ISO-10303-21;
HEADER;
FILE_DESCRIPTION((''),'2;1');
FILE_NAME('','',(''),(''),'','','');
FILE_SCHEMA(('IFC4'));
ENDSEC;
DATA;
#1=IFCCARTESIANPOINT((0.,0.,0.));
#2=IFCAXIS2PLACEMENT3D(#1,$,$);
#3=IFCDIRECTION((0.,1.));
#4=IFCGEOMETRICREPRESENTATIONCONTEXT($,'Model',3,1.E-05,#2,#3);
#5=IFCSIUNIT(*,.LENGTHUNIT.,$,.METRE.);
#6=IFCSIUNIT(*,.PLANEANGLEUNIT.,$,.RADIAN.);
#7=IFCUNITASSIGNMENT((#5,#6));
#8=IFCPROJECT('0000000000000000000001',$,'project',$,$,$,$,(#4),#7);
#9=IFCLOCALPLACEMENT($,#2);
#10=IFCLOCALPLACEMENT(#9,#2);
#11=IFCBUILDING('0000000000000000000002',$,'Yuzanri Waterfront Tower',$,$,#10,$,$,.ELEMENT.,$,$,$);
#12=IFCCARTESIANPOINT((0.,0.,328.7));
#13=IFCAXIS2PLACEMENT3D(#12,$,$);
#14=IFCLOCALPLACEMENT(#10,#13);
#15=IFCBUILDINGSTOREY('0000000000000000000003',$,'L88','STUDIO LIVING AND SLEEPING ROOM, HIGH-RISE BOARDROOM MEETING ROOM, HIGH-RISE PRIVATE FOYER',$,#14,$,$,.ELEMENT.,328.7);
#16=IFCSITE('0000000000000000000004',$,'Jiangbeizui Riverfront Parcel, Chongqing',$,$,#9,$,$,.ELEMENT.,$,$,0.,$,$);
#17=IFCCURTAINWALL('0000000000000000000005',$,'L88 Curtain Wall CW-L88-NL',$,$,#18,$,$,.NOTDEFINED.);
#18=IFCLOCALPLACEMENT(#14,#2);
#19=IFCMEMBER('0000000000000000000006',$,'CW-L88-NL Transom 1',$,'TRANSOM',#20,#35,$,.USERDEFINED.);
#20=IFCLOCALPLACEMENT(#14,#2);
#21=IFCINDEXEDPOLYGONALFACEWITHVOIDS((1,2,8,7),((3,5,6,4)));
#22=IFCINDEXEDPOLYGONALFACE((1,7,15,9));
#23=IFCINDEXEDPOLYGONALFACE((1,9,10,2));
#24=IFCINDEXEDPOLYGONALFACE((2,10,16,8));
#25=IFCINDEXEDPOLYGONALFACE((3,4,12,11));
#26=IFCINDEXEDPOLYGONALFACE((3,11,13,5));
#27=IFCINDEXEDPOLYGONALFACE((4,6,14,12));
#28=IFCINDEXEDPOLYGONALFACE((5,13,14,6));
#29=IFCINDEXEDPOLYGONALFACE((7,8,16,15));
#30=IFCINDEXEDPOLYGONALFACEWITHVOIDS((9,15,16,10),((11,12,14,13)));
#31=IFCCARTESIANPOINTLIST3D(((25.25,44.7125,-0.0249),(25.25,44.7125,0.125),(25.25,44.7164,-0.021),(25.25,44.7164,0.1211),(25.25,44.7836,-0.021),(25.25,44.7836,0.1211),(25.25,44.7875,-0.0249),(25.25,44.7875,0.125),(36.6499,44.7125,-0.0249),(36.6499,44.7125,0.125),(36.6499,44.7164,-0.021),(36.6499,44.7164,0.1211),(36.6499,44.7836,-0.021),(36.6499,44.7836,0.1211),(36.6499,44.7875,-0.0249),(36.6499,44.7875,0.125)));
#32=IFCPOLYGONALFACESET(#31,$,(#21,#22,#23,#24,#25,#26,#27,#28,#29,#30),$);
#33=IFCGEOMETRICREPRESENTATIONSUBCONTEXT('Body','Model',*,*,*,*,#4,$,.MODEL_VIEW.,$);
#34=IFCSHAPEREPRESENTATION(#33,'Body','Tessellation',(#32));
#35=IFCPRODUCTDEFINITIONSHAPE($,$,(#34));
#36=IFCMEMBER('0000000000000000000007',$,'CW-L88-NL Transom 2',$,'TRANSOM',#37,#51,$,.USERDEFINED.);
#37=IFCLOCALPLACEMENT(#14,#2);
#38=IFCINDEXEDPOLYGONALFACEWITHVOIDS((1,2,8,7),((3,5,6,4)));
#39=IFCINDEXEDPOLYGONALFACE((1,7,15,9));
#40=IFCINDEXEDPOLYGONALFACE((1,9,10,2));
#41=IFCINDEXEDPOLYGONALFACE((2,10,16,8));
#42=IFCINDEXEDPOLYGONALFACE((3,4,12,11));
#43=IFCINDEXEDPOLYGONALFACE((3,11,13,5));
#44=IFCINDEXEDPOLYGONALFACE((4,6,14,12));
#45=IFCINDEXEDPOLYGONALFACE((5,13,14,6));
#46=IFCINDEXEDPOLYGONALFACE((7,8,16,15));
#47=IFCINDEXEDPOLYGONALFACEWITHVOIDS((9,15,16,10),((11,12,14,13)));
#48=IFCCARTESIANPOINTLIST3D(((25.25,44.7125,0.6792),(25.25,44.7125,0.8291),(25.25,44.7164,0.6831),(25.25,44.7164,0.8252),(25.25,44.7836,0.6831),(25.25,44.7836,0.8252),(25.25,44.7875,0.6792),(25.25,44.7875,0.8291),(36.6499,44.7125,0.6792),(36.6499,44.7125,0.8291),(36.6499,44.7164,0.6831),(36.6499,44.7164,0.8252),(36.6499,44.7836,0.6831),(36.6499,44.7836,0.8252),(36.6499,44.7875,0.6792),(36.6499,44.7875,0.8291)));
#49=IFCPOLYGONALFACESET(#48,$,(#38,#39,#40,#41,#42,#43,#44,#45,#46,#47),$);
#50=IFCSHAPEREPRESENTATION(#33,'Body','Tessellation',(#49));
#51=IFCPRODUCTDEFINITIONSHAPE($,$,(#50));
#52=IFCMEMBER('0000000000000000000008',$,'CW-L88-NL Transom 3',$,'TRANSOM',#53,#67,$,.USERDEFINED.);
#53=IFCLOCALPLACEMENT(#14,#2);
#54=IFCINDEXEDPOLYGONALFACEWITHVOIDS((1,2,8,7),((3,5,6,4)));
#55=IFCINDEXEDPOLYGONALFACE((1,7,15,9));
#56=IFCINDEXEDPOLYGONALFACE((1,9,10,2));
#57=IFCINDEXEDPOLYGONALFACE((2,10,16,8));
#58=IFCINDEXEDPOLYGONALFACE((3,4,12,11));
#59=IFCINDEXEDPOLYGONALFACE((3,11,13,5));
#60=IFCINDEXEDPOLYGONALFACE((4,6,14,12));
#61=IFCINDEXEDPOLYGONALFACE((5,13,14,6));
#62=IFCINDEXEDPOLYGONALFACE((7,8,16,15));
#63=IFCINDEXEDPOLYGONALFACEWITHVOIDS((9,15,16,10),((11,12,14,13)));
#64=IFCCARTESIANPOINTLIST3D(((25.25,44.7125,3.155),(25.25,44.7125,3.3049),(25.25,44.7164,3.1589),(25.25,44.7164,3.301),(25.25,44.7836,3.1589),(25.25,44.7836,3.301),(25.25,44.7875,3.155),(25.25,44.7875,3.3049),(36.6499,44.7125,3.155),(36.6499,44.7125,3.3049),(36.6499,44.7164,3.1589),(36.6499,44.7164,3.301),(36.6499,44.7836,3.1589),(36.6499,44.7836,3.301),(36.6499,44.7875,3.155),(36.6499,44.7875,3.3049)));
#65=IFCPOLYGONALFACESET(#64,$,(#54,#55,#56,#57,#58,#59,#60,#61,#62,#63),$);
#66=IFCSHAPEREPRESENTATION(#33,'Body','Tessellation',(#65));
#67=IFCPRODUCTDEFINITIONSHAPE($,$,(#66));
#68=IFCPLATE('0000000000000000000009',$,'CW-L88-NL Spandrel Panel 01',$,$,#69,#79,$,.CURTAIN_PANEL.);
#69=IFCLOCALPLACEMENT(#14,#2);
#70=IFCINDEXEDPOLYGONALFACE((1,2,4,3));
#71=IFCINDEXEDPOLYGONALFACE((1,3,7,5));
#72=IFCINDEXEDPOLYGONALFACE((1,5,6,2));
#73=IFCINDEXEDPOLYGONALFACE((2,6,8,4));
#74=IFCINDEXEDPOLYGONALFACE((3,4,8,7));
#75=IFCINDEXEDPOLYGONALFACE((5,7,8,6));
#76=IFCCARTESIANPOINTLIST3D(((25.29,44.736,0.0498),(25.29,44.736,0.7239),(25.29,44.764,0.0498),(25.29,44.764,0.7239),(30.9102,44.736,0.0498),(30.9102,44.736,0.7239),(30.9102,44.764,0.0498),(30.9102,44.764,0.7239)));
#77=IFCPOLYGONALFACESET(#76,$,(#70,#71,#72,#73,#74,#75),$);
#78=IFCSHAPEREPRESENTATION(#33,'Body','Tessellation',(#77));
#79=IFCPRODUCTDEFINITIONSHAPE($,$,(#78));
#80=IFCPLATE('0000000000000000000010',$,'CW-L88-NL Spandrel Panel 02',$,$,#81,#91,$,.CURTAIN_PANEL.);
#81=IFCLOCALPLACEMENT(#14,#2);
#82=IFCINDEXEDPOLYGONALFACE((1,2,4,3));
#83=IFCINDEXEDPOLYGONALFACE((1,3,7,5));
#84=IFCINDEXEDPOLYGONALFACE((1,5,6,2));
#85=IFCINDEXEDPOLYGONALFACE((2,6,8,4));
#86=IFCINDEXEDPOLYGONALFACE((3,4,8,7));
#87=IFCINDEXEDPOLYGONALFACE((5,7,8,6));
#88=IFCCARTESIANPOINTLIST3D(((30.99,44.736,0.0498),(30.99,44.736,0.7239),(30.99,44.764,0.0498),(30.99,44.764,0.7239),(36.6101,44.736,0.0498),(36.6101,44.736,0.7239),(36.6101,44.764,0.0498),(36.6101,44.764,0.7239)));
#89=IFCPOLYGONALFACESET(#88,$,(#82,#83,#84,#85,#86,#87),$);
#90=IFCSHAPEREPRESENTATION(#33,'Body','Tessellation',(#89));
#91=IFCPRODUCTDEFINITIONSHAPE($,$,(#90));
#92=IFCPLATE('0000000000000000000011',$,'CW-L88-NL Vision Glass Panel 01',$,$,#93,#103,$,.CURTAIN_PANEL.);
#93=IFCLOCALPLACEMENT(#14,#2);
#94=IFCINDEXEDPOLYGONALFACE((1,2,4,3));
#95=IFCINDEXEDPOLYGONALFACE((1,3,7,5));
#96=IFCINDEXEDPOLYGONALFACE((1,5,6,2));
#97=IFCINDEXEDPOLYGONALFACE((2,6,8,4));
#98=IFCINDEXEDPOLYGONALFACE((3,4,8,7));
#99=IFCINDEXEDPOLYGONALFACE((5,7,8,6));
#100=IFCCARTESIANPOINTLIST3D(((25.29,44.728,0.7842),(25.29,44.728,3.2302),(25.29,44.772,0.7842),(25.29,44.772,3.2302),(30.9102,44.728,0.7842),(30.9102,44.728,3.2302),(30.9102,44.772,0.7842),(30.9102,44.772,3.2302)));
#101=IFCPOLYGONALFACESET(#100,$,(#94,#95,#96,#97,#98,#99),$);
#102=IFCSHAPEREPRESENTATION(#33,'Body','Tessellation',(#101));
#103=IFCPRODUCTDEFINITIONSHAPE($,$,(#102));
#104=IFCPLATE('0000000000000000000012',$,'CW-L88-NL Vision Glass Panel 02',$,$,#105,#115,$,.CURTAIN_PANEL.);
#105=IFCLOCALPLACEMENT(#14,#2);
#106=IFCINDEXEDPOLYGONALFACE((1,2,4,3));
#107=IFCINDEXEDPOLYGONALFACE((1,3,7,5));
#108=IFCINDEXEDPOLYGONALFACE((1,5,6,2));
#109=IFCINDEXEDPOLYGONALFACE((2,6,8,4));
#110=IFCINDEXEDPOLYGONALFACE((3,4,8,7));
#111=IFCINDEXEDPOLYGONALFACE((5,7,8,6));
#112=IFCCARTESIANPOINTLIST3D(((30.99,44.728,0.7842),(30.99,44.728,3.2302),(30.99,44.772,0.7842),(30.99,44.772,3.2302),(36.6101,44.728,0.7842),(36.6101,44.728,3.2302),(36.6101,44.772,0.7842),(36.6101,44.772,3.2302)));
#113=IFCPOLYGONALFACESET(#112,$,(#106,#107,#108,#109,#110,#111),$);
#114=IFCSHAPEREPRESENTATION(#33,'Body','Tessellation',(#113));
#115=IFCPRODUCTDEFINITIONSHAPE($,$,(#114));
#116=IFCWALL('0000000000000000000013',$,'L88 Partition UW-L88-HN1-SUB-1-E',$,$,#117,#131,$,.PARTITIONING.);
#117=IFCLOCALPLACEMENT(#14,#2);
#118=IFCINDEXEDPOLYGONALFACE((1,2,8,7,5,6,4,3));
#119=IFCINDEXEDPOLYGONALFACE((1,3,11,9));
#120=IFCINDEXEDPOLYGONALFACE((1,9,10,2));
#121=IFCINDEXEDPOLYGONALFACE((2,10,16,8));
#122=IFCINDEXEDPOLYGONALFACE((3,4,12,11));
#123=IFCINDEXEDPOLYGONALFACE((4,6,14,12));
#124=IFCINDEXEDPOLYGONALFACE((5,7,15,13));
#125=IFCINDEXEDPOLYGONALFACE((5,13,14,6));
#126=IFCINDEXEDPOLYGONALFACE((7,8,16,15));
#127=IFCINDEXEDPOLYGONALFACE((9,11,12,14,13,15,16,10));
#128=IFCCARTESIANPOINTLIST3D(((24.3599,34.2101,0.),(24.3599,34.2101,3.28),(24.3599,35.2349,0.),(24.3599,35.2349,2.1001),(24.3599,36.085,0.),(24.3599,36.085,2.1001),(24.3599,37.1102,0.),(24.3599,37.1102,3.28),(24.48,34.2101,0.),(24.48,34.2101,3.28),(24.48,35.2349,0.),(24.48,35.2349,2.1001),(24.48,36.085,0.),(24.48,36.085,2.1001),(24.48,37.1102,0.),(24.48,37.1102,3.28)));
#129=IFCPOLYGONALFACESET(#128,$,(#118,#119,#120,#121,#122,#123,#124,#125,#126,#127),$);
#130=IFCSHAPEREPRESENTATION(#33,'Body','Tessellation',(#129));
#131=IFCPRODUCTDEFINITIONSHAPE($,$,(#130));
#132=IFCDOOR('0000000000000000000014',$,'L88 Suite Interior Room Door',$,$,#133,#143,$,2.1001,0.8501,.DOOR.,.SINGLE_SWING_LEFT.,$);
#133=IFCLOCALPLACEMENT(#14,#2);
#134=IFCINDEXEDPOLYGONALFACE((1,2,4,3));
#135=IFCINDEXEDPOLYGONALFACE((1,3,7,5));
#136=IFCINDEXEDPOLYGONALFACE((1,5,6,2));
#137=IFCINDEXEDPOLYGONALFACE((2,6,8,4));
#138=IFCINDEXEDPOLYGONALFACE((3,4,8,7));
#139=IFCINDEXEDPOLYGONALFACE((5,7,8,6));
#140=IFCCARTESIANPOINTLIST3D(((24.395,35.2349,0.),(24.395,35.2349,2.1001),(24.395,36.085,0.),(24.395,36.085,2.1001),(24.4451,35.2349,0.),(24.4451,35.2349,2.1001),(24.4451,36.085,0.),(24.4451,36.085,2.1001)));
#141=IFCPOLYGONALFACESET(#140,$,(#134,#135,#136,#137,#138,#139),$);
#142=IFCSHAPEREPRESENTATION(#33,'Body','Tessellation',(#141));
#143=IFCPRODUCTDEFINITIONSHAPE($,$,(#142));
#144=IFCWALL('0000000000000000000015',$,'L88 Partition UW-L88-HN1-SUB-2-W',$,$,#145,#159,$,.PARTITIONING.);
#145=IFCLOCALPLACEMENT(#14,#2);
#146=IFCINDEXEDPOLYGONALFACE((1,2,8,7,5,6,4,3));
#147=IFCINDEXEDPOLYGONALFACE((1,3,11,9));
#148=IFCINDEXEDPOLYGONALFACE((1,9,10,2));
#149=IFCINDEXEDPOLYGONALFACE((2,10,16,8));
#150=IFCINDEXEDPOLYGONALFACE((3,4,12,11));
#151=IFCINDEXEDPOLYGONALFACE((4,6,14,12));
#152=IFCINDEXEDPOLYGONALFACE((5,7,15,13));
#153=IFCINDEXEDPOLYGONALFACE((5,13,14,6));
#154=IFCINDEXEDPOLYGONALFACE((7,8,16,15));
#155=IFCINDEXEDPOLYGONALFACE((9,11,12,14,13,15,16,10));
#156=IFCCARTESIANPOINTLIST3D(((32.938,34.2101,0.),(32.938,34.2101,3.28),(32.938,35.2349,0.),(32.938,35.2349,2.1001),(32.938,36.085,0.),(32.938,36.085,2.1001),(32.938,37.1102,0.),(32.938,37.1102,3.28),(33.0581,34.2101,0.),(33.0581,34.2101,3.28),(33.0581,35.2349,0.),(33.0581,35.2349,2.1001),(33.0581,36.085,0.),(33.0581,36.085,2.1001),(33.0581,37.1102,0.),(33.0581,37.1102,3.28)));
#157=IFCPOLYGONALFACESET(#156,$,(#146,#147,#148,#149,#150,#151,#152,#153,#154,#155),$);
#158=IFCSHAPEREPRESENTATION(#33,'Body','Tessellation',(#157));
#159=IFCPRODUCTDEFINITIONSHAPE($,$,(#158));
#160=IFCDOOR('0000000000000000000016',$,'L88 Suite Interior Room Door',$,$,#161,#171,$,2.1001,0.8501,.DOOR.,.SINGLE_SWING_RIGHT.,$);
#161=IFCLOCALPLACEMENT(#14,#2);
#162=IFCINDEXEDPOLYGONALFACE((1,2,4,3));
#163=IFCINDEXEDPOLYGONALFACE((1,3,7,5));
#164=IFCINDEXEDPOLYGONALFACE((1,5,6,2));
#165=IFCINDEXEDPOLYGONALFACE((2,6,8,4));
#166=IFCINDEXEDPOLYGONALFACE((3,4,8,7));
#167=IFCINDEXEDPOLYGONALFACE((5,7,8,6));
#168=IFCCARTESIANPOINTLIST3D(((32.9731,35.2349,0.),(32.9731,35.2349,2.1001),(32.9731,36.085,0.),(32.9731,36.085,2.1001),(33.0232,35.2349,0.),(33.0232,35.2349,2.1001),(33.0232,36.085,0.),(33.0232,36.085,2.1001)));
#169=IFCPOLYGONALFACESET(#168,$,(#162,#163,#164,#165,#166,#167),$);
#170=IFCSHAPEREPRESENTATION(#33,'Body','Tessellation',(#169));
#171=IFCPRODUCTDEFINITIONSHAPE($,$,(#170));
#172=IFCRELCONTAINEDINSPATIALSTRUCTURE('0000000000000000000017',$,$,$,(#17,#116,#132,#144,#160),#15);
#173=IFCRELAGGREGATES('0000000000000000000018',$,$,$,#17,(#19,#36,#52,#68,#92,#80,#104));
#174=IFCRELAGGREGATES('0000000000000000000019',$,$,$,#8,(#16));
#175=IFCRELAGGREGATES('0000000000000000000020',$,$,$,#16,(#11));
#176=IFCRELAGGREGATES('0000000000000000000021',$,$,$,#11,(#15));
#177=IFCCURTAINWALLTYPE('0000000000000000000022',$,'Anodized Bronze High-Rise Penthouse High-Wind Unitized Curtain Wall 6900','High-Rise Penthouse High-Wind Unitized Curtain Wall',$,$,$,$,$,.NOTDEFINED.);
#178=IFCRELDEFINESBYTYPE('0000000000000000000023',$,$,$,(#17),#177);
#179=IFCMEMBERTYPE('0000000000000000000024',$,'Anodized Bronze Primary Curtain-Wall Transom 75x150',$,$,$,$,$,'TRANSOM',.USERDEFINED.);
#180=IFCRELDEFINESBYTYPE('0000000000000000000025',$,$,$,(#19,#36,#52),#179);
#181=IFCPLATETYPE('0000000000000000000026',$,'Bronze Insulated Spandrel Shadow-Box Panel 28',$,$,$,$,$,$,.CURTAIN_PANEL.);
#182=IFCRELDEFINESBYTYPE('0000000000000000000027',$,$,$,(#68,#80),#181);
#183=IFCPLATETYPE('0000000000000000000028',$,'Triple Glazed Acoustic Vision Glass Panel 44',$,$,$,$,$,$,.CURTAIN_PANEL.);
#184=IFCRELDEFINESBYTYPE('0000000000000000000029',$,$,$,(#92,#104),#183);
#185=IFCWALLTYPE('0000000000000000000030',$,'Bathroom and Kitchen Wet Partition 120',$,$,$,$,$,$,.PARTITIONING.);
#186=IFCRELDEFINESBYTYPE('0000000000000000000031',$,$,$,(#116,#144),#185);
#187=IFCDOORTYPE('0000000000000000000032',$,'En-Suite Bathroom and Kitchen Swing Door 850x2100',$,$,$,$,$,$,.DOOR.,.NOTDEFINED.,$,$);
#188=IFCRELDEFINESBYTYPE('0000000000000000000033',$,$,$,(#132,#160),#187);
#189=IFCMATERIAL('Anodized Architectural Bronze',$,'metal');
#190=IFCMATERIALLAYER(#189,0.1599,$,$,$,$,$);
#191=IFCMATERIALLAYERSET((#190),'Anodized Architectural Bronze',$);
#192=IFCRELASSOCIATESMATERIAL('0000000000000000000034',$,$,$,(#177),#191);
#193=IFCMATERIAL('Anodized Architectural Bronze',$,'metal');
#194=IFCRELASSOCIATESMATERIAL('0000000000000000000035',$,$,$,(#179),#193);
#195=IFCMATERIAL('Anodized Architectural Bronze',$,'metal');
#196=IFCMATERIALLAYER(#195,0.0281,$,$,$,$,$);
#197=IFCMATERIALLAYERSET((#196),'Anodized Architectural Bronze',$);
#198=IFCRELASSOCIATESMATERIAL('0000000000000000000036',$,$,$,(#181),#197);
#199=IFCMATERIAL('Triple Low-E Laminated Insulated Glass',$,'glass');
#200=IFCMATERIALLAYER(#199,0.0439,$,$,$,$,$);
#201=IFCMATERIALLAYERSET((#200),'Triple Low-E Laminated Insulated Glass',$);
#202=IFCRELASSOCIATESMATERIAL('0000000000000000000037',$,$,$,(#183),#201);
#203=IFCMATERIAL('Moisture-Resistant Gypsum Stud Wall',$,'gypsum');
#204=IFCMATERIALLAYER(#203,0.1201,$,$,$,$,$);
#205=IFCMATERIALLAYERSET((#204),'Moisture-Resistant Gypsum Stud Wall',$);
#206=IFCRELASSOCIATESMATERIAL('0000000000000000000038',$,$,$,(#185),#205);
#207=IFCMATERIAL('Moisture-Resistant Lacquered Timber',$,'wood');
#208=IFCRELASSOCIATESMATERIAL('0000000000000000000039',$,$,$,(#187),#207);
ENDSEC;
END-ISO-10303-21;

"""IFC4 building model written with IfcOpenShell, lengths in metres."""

from ifc_helpers import new_model, si_unit, direction, frame, frame_2d, origin, origin_2d, place, context, subcontext, project, spatial, rectangle, hollow_rectangle, extrude, source, transform, mapped, material, layer, layer_set, material_profile, profile_set, type_object, element, fill, aggregate, save


model = new_model("IFC4")

# Units and contexts
model_context = context("Model", 3, precision=1e-05, world=origin(), true_north=direction((0.0, 1.0)))
body_context = subcontext(model_context, "Body", "Model", "MODEL_VIEW")
ifc_project = project(units=[si_unit("LENGTHUNIT", "METRE"), si_unit("PLANEANGLEUNIT", "RADIAN")], contexts=[model_context])

# Site, building, storey
site_placement = place(None, origin())
site = spatial("IfcSite", under=ifc_project, at=site_placement, Name="Jiangbeizui Riverfront Parcel, Chongqing", CompositionType="ELEMENT", RefElevation=0.0)
building_placement = place(site_placement, origin())
building = spatial("IfcBuilding", under=site, at=building_placement, Name="Yuzanri Waterfront Tower", CompositionType="ELEMENT")
storey_placement = place(building_placement, frame((0.0, 0.0, 328.7)))
storey = spatial("IfcBuildingStorey", under=building, at=storey_placement, Name="L88", Description="STUDIO LIVING AND SLEEPING ROOM, HIGH-RISE BOARDROOM MEETING ROOM, HIGH-RISE PRIVATE FOYER", CompositionType="ELEMENT", Elevation=328.7)

# Curtain wall, members, plates
ifc_material_1 = material(Name="Anodized Architectural Bronze", Category="metal")
ifc_layer_1 = layer(ifc_material_1, 0.1599)
ifc_layer_set_1 = layer_set([ifc_layer_1], Name="Anodized Architectural Bronze")
curtain_wall_type = type_object("IfcCurtainWallType", Name="Anodized Bronze High-Rise Penthouse High-Wind Unitized Curtain Wall 6900", Description="High-Rise Penthouse High-Wind Unitized Curtain Wall", PredefinedType="NOTDEFINED", material=ifc_layer_set_1)
curtain_wall_placement = place(storey_placement, origin())
curtain_wall = element("IfcCurtainWall", 1, at=curtain_wall_placement, inside=storey, type_object=curtain_wall_type, Name="L88 Curtain Wall CW-L88-NL", PredefinedType="NOTDEFINED")
ifc_material_2 = material(Name="Anodized Architectural Bronze", Category="metal")
ifc_material_profile_1 = material_profile(ifc_material_2, hollow_rectangle(XDim=0.075, YDim=0.1499, WallThickness=0.0039, at=origin_2d()), Name="CWT 75x150")
ifc_profile_set_1 = profile_set([ifc_material_profile_1], Name="Anodized Architectural Bronze")
member_type_1 = type_object("IfcMemberType", Name="Anodized Bronze Primary Curtain-Wall Transom 75x150", ElementType="TRANSOM", PredefinedType="USERDEFINED", material=ifc_profile_set_1)
shared_shape_1 = source(origin(), body_context, "Body", "SweptSolid", [
    extrude(hollow_rectangle(XDim=0.075, YDim=0.1499, WallThickness=0.0039, at=origin_2d()), origin(), (0.0, 0.0, 1.0), 11.3999),
])
member_1_placement = place(storey_placement, frame((25.25, 44.75, 0.05), z_axis=(1.0, 0.0, 0.0), x_axis=(0.0, 1.0, 0.0)))
member_1 = element("IfcMember", 2, at=member_1_placement, type_object=member_type_1, Name="CW-L88-NL Transom 1", ObjectType="TRANSOM", PredefinedType="USERDEFINED", context=body_context, shape_type="MappedRepresentation", body=[
    mapped(shared_shape_1, transform((0.0, 0.0, 0.0), scale=1.0)),
])
member_2_placement = place(storey_placement, frame((25.25, 44.75, 0.7542), z_axis=(1.0, 0.0, 0.0), x_axis=(0.0, 1.0, 0.0)))
member_2 = element("IfcMember", 3, at=member_2_placement, type_object=member_type_1, Name="CW-L88-NL Transom 2", ObjectType="TRANSOM", PredefinedType="USERDEFINED", context=body_context, shape_type="MappedRepresentation", body=[
    mapped(shared_shape_1, transform((0.0, 0.0, 0.0), scale=1.0)),
])
member_3_placement = place(storey_placement, frame((25.25, 44.75, 3.23), z_axis=(1.0, 0.0, 0.0), x_axis=(0.0, 1.0, 0.0)))
member_3 = element("IfcMember", 4, at=member_3_placement, type_object=member_type_1, Name="CW-L88-NL Transom 3", ObjectType="TRANSOM", PredefinedType="USERDEFINED", context=body_context, shape_type="MappedRepresentation", body=[
    mapped(shared_shape_1, transform((0.0, 0.0, 0.0), scale=1.0)),
])
ifc_material_3 = material(Name="Anodized Architectural Bronze", Category="metal")
ifc_layer_2 = layer(ifc_material_3, 0.0281)
ifc_layer_set_2 = layer_set([ifc_layer_2], Name="Anodized Architectural Bronze")
plate_type_1 = type_object("IfcPlateType", Name="Bronze Insulated Spandrel Shadow-Box Panel 28", PredefinedType="CURTAIN_PANEL", material=ifc_layer_set_2)
shared_shape_2 = source(origin(), body_context, "Body", "SweptSolid", [
    extrude(rectangle(XDim=5.6201, YDim=0.0281, at=origin_2d()), origin(), (0.0, 0.0, 1.0), 0.6741),
])
plate_1_placement = place(storey_placement, frame((28.1001, 44.75, 0.0498), z_axis=(0.0, 0.0, 1.0), x_axis=(1.0, 0.0, 0.0)))
plate_1 = element("IfcPlate", 5, at=plate_1_placement, type_object=plate_type_1, Name="CW-L88-NL Spandrel Panel 01", PredefinedType="CURTAIN_PANEL", context=body_context, shape_type="MappedRepresentation", body=[
    mapped(shared_shape_2, transform((0.0, 0.0, 0.0), scale=1.0)),
])
plate_2_placement = place(storey_placement, frame((33.8, 44.75, 0.0498), z_axis=(0.0, 0.0, 1.0), x_axis=(1.0, 0.0, 0.0)))
plate_2 = element("IfcPlate", 6, at=plate_2_placement, type_object=plate_type_1, Name="CW-L88-NL Spandrel Panel 02", PredefinedType="CURTAIN_PANEL", context=body_context, shape_type="MappedRepresentation", body=[
    mapped(shared_shape_2, transform((0.0, 0.0, 0.0), scale=1.0)),
])
ifc_material_4 = material(Name="Triple Low-E Laminated Insulated Glass", Category="glass")
ifc_layer_3 = layer(ifc_material_4, 0.0439)
ifc_layer_set_3 = layer_set([ifc_layer_3], Name="Triple Low-E Laminated Insulated Glass")
plate_type_2 = type_object("IfcPlateType", Name="Triple Glazed Acoustic Vision Glass Panel 44", PredefinedType="CURTAIN_PANEL", material=ifc_layer_set_3)
shared_shape_3 = source(origin(), body_context, "Body", "SweptSolid", [
    extrude(rectangle(XDim=5.6201, YDim=0.0439, at=origin_2d()), origin(), (0.0, 0.0, 1.0), 2.446),
])
plate_3_placement = place(storey_placement, frame((28.1001, 44.75, 0.7842), z_axis=(0.0, 0.0, 1.0), x_axis=(1.0, 0.0, 0.0)))
plate_3 = element("IfcPlate", 7, at=plate_3_placement, type_object=plate_type_2, Name="CW-L88-NL Vision Glass Panel 01", PredefinedType="CURTAIN_PANEL", context=body_context, shape_type="MappedRepresentation", body=[
    mapped(shared_shape_3, transform((0.0, 0.0, 0.0), scale=1.0)),
])
plate_4_placement = place(storey_placement, frame((33.8, 44.75, 0.7842), z_axis=(0.0, 0.0, 1.0), x_axis=(1.0, 0.0, 0.0)))
plate_4 = element("IfcPlate", 8, at=plate_4_placement, type_object=plate_type_2, Name="CW-L88-NL Vision Glass Panel 02", PredefinedType="CURTAIN_PANEL", context=body_context, shape_type="MappedRepresentation", body=[
    mapped(shared_shape_3, transform((0.0, 0.0, 0.0), scale=1.0)),
])
aggregate(curtain_wall, [member_1, member_2, member_3, plate_1, plate_3, plate_2, plate_4])

# Walls, openings, doors
ifc_material_5 = material(Name="Moisture-Resistant Gypsum Stud Wall", Category="gypsum")
ifc_layer_4 = layer(ifc_material_5, 0.1201)
ifc_layer_set_4 = layer_set([ifc_layer_4], Name="Moisture-Resistant Gypsum Stud Wall")
wall_type_1 = type_object("IfcWallType", Name="Bathroom and Kitchen Wet Partition 120", PredefinedType="PARTITIONING", material=ifc_layer_set_4)
wall_1_placement = place(storey_placement, frame((24.4199, 34.21, 0.0), z_axis=(0.0, 0.0, 1.0), x_axis=(0.0, 1.0, 0.0)))
wall_1 = element("IfcWall", 9, at=wall_1_placement, inside=storey, type_object=wall_type_1, Name="L88 Partition UW-L88-HN1-SUB-1-E", PredefinedType="PARTITIONING", context=body_context, shape_type="SweptSolid", body=[
    extrude(rectangle(XDim=2.9001, YDim=0.1201, at=frame_2d((1.4502, 0.0))), origin(), (0.0, 0.0, 1.0), 3.28),
])
opening_1_placement = place(wall_1_placement, frame((1.0249, 0.0, 0.0)))
opening_1 = element("IfcOpeningElement", 10, at=opening_1_placement, cuts=wall_1, PredefinedType="OPENING", context=body_context, shape_type="SweptSolid", body=[
    extrude(rectangle(XDim=0.8501, YDim=2.1001, at=frame_2d((0.425, 1.05))), frame((0.0, 0.075, 0.0), z_axis=(0.0, -1.0, 0.0), x_axis=(1.0, 0.0, 0.0)), (0.0, 0.0, 1.0), 0.1499),
])
ifc_material_6 = material(Name="Moisture-Resistant Lacquered Timber", Category="wood")
door_type = type_object("IfcDoorType", Name="En-Suite Bathroom and Kitchen Swing Door 850x2100", OperationType="NOTDEFINED", PredefinedType="DOOR", material=ifc_material_6)
shared_shape_4 = source(origin(), body_context, "Body", "SweptSolid", [
    extrude(rectangle(XDim=0.8501, YDim=2.1001, at=frame_2d((0.425, 1.05))), frame((0.0, 0.0249, 0.0), z_axis=(0.0, -1.0, 0.0), x_axis=(1.0, 0.0, 0.0)), (0.0, 0.0, 1.0), 0.05),
])
door_1_placement = place(opening_1_placement, origin())
door_1 = element("IfcDoor", 11, at=door_1_placement, inside=storey, type_object=door_type, Name="L88 Suite Interior Room Door", OperationType="SINGLE_SWING_LEFT", OverallHeight=2.1001, OverallWidth=0.8501, PredefinedType="DOOR", context=body_context, shape_type="MappedRepresentation", body=[
    mapped(shared_shape_4, transform((0.0, 0.0, 0.0), scale=1.0)),
])
fill(opening_1, door_1)
wall_2_placement = place(storey_placement, frame((32.998, 34.21, 0.0), z_axis=(0.0, 0.0, 1.0), x_axis=(0.0, 1.0, 0.0)))
wall_2 = element("IfcWall", 12, at=wall_2_placement, inside=storey, type_object=wall_type_1, Name="L88 Partition UW-L88-HN1-SUB-2-W", PredefinedType="PARTITIONING", context=body_context, shape_type="SweptSolid", body=[
    extrude(rectangle(XDim=2.9001, YDim=0.1201, at=frame_2d((1.4502, 0.0))), origin(), (0.0, 0.0, 1.0), 3.28),
])
opening_2_placement = place(wall_2_placement, frame((1.0249, 0.0, 0.0)))
opening_2 = element("IfcOpeningElement", 13, at=opening_2_placement, cuts=wall_2, PredefinedType="OPENING", context=body_context, shape_type="SweptSolid", body=[
    extrude(rectangle(XDim=0.8501, YDim=2.1001, at=frame_2d((0.425, 1.05))), frame((0.0, 0.075, 0.0), z_axis=(0.0, -1.0, 0.0), x_axis=(1.0, 0.0, 0.0)), (0.0, 0.0, 1.0), 0.1499),
])
door_2_placement = place(opening_2_placement, origin())
door_2 = element("IfcDoor", 14, at=door_2_placement, inside=storey, type_object=door_type, Name="L88 Suite Interior Room Door", OperationType="SINGLE_SWING_RIGHT", OverallHeight=2.1001, OverallWidth=0.8501, PredefinedType="DOOR", context=body_context, shape_type="MappedRepresentation", body=[
    mapped(shared_shape_4, transform((0.0, 0.0, 0.0), scale=1.0)),
])
fill(opening_2, door_2)

save(model, "model.ifc")
